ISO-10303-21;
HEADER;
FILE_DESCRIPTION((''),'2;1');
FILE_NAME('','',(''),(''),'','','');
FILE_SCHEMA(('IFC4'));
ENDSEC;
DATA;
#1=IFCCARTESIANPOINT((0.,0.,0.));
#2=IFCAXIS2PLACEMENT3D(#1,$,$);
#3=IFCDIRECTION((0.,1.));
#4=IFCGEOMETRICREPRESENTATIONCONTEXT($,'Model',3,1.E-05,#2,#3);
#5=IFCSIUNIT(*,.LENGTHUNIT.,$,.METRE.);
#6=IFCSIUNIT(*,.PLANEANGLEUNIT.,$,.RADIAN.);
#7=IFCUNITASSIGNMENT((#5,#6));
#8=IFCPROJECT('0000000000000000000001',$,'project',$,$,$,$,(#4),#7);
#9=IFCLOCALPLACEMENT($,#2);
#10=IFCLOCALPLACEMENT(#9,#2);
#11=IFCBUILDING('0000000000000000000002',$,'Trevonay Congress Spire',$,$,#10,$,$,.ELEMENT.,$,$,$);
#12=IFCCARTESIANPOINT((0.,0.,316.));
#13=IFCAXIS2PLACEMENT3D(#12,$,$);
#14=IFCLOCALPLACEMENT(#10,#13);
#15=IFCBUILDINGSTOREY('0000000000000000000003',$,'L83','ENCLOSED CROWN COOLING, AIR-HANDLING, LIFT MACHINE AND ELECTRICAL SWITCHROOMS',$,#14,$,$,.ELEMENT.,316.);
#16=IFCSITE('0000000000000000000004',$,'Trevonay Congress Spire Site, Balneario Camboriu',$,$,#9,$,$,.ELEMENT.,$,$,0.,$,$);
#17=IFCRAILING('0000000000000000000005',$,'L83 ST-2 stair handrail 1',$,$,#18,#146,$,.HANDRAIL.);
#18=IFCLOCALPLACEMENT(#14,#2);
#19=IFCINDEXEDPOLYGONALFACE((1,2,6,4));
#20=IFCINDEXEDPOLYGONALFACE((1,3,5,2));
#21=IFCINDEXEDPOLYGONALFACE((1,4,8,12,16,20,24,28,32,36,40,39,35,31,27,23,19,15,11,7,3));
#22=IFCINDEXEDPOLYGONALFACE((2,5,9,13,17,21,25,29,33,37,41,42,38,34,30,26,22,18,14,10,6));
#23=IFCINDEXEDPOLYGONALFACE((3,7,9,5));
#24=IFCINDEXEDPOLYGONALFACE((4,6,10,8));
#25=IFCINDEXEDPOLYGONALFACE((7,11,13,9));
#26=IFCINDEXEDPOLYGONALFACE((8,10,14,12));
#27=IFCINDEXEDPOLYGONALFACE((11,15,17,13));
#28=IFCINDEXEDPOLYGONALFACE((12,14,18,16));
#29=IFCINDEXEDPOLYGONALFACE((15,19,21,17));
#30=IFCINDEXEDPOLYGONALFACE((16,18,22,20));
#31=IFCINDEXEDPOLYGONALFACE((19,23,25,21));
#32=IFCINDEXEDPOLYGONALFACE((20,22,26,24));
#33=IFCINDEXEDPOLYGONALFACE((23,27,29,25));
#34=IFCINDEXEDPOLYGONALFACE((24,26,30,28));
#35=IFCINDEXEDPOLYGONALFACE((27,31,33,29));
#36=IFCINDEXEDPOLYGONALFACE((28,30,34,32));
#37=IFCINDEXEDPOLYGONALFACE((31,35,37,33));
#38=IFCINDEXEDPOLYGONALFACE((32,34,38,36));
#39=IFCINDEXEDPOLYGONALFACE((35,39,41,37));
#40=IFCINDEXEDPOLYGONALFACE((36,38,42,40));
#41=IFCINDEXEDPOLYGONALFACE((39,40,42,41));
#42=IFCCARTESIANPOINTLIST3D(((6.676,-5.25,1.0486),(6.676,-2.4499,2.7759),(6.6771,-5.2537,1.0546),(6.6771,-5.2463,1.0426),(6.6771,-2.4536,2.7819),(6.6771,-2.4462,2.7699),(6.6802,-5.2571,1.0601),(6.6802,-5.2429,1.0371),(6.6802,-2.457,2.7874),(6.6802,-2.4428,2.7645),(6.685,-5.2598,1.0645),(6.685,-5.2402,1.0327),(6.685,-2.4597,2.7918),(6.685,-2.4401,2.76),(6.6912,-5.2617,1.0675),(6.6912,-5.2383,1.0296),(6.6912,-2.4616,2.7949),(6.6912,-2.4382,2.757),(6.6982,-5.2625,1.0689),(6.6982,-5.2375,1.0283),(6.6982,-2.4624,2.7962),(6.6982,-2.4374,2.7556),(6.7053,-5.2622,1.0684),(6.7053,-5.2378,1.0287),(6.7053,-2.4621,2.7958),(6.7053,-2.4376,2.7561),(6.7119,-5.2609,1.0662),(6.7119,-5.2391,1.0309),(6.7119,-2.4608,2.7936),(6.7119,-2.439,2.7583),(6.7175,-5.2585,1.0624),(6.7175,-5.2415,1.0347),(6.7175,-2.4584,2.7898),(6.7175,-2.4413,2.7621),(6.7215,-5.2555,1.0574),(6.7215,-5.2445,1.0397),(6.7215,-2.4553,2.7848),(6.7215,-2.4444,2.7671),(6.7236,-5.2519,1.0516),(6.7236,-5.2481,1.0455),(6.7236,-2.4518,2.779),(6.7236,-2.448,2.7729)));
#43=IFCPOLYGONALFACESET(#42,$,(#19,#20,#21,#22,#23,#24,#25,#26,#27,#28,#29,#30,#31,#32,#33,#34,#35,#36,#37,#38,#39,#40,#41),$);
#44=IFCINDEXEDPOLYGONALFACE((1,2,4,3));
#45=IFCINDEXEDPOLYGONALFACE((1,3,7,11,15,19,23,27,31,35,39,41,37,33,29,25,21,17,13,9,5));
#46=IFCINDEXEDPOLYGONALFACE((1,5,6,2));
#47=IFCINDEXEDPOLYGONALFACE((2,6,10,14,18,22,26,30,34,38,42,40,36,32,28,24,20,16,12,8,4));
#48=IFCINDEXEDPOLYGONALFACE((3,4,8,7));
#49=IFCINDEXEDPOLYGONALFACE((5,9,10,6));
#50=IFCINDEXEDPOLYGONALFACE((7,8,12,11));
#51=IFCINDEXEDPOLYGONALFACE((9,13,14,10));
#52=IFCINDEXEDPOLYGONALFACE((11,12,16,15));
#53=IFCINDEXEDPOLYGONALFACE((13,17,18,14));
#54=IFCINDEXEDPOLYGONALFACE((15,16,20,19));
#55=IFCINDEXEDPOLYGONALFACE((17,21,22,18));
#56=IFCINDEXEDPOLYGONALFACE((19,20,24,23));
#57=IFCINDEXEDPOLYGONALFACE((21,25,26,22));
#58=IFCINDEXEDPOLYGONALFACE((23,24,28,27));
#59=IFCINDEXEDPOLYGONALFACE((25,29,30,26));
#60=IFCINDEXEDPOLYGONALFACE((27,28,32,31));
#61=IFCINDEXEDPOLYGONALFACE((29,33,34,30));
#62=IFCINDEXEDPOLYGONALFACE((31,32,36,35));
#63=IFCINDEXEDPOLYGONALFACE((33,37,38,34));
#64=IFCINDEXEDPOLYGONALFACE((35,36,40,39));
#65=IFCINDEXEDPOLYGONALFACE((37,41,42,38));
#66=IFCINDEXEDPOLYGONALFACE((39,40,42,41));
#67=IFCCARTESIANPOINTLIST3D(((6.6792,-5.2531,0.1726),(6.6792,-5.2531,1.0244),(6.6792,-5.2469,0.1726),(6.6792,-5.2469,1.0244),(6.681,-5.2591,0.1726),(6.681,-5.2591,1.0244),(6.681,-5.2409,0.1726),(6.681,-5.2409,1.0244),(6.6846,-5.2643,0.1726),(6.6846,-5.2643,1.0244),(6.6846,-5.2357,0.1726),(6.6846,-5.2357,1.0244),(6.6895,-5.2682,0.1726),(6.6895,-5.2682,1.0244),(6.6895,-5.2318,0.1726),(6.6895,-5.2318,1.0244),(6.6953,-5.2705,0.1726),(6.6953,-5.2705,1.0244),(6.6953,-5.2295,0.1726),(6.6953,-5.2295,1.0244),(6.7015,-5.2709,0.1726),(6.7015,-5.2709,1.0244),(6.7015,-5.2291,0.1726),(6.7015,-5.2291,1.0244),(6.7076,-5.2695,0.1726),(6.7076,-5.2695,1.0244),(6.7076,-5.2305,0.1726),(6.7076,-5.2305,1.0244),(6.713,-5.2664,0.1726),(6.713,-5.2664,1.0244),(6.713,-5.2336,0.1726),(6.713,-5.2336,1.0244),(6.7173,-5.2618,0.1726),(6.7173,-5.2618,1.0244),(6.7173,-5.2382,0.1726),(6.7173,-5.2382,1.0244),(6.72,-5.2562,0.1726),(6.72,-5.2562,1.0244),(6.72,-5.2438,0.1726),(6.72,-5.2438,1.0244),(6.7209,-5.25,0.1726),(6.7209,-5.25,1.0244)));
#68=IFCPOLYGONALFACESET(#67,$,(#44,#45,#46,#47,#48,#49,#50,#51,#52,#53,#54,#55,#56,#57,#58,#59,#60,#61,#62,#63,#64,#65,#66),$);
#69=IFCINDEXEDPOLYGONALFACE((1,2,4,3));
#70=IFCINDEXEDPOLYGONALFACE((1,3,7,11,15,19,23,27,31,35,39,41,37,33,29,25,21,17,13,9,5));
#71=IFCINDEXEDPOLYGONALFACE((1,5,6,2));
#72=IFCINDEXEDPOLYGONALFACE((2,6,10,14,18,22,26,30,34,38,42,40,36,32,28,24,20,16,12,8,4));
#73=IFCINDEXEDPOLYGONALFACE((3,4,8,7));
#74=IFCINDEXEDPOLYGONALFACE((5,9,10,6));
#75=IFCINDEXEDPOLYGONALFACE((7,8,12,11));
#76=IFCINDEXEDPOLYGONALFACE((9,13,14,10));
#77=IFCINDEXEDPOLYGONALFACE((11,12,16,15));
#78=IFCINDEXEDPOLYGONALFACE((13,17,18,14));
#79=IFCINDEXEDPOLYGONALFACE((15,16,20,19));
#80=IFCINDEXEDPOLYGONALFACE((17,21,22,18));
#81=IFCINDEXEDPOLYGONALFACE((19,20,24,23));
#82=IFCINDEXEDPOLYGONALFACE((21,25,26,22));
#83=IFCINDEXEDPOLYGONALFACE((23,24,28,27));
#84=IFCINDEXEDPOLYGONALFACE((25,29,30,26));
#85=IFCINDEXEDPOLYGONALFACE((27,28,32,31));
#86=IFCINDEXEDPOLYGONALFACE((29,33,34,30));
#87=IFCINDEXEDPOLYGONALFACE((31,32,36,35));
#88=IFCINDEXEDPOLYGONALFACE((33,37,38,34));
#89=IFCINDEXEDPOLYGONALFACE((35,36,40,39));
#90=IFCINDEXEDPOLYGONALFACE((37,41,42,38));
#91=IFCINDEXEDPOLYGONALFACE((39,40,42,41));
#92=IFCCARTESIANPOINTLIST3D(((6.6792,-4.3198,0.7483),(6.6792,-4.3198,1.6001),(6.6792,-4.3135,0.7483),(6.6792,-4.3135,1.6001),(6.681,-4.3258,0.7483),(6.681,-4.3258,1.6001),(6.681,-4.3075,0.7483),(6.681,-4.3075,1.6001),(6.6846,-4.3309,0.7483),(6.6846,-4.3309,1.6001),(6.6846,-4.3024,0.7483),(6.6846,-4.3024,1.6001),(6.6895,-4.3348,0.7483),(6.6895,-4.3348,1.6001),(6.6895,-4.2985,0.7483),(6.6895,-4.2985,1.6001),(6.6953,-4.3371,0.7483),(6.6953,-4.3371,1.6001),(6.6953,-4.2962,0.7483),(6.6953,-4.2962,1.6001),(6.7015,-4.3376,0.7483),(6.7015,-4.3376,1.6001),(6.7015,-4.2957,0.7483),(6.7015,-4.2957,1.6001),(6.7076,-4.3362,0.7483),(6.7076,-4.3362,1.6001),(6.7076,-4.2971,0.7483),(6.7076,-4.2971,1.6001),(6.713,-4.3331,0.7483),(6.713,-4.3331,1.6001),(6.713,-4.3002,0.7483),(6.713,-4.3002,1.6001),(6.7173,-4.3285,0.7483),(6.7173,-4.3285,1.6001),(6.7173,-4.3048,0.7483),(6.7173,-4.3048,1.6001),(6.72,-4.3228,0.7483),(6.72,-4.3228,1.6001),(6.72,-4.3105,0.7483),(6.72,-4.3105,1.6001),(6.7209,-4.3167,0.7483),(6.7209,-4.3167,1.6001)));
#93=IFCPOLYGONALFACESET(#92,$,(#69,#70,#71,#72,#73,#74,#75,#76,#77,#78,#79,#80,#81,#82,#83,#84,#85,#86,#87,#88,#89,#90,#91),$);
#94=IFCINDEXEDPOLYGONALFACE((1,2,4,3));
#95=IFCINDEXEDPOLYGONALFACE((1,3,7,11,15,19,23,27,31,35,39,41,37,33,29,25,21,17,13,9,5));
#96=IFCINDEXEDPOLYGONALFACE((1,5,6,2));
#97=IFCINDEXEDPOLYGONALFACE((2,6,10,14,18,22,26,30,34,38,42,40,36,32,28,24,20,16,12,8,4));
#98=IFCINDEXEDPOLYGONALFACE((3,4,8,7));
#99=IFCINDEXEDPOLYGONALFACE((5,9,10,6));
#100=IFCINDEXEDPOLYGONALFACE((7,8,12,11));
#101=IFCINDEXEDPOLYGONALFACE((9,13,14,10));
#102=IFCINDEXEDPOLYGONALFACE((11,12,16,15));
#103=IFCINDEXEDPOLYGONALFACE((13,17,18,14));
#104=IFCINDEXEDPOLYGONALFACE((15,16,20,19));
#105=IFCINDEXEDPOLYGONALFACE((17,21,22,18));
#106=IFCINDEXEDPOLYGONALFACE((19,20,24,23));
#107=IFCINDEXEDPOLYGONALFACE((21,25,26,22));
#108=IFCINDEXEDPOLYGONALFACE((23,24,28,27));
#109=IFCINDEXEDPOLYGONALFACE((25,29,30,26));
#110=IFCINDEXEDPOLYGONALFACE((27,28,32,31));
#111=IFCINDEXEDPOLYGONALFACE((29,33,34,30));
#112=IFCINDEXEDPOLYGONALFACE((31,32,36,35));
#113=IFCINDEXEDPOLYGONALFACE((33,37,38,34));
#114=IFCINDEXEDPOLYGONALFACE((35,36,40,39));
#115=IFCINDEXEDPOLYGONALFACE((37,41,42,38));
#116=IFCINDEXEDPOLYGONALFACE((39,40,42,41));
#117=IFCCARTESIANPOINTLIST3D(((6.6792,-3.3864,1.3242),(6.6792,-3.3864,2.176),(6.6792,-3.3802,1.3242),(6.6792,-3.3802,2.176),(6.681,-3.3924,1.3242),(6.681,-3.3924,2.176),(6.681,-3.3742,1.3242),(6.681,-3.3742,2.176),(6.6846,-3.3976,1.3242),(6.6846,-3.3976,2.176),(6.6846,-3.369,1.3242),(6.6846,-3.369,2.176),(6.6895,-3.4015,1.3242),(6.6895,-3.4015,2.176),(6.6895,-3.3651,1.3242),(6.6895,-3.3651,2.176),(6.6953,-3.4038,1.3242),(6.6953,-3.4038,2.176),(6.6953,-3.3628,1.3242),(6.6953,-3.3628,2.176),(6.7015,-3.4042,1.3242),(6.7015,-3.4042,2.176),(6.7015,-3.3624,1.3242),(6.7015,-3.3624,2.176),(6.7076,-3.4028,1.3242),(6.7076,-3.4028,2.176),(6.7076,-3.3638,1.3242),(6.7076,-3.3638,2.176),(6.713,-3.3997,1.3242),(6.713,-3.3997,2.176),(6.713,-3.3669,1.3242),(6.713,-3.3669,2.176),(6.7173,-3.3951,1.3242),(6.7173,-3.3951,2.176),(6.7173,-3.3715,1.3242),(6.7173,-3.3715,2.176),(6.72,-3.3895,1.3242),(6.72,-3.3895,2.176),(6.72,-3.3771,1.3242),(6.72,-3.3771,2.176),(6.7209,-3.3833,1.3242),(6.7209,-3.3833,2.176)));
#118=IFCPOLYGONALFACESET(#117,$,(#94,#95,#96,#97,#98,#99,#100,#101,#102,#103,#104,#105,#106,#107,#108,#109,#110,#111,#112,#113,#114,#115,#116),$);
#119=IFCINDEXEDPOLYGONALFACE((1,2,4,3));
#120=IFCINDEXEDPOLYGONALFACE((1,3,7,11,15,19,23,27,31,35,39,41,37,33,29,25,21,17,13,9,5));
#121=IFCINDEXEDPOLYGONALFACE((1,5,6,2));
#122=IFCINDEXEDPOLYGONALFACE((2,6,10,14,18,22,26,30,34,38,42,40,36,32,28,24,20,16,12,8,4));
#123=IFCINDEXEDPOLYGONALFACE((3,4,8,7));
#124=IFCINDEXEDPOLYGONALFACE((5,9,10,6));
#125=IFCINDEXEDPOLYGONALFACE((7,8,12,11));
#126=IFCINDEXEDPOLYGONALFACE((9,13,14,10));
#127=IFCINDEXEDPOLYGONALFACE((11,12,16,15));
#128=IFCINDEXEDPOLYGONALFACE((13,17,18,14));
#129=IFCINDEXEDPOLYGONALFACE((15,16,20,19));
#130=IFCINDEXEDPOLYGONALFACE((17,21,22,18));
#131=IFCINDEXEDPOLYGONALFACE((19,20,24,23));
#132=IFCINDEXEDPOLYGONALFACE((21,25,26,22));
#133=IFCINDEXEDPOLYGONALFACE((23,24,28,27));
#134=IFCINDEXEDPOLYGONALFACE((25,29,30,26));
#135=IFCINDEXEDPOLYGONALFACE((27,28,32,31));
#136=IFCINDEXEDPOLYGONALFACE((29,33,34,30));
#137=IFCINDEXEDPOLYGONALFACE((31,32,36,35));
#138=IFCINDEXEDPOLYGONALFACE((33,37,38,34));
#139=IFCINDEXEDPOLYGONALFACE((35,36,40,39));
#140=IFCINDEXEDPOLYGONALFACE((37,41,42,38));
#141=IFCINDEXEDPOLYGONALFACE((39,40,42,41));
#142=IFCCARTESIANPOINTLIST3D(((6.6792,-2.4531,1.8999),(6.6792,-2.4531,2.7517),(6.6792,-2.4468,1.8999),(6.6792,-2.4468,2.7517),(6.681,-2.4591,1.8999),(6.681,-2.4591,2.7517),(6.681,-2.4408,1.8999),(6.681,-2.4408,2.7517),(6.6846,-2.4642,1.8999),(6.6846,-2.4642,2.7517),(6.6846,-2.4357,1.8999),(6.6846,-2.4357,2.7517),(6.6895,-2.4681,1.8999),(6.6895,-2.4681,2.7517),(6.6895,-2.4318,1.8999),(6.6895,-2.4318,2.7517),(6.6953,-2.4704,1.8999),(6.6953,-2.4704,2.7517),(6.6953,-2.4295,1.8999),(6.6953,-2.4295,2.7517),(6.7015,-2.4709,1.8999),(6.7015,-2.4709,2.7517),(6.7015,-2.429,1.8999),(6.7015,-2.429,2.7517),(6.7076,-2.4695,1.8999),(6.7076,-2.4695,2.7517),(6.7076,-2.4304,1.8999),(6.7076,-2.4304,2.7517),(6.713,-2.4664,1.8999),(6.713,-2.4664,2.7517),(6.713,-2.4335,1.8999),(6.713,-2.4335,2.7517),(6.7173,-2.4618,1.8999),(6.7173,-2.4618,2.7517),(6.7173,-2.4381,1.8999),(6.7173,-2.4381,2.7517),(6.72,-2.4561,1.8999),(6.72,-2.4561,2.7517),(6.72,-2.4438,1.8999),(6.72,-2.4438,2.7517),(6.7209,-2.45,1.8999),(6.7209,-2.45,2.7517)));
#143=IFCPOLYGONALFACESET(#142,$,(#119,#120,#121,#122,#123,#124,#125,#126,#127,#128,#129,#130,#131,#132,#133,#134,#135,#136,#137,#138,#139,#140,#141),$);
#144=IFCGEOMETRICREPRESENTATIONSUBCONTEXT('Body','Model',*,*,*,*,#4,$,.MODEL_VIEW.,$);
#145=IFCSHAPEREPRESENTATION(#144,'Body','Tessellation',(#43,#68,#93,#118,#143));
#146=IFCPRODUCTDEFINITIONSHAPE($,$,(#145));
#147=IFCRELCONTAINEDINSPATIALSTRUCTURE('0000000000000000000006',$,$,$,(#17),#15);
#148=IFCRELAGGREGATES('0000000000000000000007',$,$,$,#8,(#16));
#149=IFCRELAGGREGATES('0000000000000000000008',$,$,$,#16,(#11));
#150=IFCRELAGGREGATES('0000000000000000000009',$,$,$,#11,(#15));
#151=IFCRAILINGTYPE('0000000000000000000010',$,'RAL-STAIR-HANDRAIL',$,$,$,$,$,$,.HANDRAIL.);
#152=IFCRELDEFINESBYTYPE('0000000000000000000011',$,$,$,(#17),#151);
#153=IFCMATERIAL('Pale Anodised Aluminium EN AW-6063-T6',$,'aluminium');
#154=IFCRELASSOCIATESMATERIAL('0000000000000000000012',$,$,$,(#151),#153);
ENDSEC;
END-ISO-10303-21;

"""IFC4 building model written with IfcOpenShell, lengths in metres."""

from ifc_helpers import new_model, si_unit, direction, frame, origin, origin_2d, place, context, subcontext, project, spatial, circle, extrude, material, type_object, element, save


model = new_model("IFC4")

# Units and contexts
model_context = context("Model", 3, precision=1e-05, world=origin(), true_north=direction((0.0, 1.0)))
body_context = subcontext(model_context, "Body", "Model", "MODEL_VIEW")
ifc_project = project(units=[si_unit("LENGTHUNIT", "METRE"), si_unit("PLANEANGLEUNIT", "RADIAN")], contexts=[model_context])

# Site, building, storey
site_placement = place(None, origin())
site = spatial("IfcSite", under=ifc_project, at=site_placement, Name="Trevonay Congress Spire Site, Balneario Camboriu", CompositionType="ELEMENT", RefElevation=0.0)
building_placement = place(site_placement, origin())
building = spatial("IfcBuilding", under=site, at=building_placement, Name="Trevonay Congress Spire", CompositionType="ELEMENT")
storey_placement = place(building_placement, frame((0.0, 0.0, 316.0)))
storey = spatial("IfcBuildingStorey", under=building, at=storey_placement, Name="L83", Description="ENCLOSED CROWN COOLING, AIR-HANDLING, LIFT MACHINE AND ELECTRICAL SWITCHROOMS", CompositionType="ELEMENT", Elevation=316.0)

# Shared definitions
ifc_material_1 = material(Name="Pale Anodised Aluminium EN AW-6063-T6", Category="aluminium")

# Railing
railing_type_1 = type_object("IfcRailingType", Name="RAL-STAIR-HANDRAIL", PredefinedType="HANDRAIL", material=ifc_material_1)
railing_1_placement = place(storey_placement, frame((6.7, -5.25, 0.1726)))
element("IfcRailing", 1, at=railing_1_placement, inside=storey, type_object=railing_type_1, Name="L83 ST-2 stair handrail 1", PredefinedType="HANDRAIL", context=body_context, shape_type="SweptSolid", body=[
    extrude(circle(Radius=0.0239, at=origin_2d()), frame((0.0, 0.0, 0.876), z_axis=(0.0, 0.85109, 0.52502), x_axis=(-1.0, 0.0, 0.0)), (0.0, 0.0, 1.0), 3.29),
    extrude(circle(Radius=0.021, at=origin_2d()), origin(), (0.0, 0.0, 1.0), 0.8518),
    extrude(circle(Radius=0.021, at=origin_2d()), frame((0.0, 0.9333, 0.5757)), (0.0, 0.0, 1.0), 0.8518),
    extrude(circle(Radius=0.021, at=origin_2d()), frame((0.0, 1.8667, 1.1516)), (0.0, 0.0, 1.0), 0.8518),
    extrude(circle(Radius=0.021, at=origin_2d()), frame((0.0, 2.8, 1.7273)), (0.0, 0.0, 1.0), 0.8518),
])

save(model, "model.ifc")
